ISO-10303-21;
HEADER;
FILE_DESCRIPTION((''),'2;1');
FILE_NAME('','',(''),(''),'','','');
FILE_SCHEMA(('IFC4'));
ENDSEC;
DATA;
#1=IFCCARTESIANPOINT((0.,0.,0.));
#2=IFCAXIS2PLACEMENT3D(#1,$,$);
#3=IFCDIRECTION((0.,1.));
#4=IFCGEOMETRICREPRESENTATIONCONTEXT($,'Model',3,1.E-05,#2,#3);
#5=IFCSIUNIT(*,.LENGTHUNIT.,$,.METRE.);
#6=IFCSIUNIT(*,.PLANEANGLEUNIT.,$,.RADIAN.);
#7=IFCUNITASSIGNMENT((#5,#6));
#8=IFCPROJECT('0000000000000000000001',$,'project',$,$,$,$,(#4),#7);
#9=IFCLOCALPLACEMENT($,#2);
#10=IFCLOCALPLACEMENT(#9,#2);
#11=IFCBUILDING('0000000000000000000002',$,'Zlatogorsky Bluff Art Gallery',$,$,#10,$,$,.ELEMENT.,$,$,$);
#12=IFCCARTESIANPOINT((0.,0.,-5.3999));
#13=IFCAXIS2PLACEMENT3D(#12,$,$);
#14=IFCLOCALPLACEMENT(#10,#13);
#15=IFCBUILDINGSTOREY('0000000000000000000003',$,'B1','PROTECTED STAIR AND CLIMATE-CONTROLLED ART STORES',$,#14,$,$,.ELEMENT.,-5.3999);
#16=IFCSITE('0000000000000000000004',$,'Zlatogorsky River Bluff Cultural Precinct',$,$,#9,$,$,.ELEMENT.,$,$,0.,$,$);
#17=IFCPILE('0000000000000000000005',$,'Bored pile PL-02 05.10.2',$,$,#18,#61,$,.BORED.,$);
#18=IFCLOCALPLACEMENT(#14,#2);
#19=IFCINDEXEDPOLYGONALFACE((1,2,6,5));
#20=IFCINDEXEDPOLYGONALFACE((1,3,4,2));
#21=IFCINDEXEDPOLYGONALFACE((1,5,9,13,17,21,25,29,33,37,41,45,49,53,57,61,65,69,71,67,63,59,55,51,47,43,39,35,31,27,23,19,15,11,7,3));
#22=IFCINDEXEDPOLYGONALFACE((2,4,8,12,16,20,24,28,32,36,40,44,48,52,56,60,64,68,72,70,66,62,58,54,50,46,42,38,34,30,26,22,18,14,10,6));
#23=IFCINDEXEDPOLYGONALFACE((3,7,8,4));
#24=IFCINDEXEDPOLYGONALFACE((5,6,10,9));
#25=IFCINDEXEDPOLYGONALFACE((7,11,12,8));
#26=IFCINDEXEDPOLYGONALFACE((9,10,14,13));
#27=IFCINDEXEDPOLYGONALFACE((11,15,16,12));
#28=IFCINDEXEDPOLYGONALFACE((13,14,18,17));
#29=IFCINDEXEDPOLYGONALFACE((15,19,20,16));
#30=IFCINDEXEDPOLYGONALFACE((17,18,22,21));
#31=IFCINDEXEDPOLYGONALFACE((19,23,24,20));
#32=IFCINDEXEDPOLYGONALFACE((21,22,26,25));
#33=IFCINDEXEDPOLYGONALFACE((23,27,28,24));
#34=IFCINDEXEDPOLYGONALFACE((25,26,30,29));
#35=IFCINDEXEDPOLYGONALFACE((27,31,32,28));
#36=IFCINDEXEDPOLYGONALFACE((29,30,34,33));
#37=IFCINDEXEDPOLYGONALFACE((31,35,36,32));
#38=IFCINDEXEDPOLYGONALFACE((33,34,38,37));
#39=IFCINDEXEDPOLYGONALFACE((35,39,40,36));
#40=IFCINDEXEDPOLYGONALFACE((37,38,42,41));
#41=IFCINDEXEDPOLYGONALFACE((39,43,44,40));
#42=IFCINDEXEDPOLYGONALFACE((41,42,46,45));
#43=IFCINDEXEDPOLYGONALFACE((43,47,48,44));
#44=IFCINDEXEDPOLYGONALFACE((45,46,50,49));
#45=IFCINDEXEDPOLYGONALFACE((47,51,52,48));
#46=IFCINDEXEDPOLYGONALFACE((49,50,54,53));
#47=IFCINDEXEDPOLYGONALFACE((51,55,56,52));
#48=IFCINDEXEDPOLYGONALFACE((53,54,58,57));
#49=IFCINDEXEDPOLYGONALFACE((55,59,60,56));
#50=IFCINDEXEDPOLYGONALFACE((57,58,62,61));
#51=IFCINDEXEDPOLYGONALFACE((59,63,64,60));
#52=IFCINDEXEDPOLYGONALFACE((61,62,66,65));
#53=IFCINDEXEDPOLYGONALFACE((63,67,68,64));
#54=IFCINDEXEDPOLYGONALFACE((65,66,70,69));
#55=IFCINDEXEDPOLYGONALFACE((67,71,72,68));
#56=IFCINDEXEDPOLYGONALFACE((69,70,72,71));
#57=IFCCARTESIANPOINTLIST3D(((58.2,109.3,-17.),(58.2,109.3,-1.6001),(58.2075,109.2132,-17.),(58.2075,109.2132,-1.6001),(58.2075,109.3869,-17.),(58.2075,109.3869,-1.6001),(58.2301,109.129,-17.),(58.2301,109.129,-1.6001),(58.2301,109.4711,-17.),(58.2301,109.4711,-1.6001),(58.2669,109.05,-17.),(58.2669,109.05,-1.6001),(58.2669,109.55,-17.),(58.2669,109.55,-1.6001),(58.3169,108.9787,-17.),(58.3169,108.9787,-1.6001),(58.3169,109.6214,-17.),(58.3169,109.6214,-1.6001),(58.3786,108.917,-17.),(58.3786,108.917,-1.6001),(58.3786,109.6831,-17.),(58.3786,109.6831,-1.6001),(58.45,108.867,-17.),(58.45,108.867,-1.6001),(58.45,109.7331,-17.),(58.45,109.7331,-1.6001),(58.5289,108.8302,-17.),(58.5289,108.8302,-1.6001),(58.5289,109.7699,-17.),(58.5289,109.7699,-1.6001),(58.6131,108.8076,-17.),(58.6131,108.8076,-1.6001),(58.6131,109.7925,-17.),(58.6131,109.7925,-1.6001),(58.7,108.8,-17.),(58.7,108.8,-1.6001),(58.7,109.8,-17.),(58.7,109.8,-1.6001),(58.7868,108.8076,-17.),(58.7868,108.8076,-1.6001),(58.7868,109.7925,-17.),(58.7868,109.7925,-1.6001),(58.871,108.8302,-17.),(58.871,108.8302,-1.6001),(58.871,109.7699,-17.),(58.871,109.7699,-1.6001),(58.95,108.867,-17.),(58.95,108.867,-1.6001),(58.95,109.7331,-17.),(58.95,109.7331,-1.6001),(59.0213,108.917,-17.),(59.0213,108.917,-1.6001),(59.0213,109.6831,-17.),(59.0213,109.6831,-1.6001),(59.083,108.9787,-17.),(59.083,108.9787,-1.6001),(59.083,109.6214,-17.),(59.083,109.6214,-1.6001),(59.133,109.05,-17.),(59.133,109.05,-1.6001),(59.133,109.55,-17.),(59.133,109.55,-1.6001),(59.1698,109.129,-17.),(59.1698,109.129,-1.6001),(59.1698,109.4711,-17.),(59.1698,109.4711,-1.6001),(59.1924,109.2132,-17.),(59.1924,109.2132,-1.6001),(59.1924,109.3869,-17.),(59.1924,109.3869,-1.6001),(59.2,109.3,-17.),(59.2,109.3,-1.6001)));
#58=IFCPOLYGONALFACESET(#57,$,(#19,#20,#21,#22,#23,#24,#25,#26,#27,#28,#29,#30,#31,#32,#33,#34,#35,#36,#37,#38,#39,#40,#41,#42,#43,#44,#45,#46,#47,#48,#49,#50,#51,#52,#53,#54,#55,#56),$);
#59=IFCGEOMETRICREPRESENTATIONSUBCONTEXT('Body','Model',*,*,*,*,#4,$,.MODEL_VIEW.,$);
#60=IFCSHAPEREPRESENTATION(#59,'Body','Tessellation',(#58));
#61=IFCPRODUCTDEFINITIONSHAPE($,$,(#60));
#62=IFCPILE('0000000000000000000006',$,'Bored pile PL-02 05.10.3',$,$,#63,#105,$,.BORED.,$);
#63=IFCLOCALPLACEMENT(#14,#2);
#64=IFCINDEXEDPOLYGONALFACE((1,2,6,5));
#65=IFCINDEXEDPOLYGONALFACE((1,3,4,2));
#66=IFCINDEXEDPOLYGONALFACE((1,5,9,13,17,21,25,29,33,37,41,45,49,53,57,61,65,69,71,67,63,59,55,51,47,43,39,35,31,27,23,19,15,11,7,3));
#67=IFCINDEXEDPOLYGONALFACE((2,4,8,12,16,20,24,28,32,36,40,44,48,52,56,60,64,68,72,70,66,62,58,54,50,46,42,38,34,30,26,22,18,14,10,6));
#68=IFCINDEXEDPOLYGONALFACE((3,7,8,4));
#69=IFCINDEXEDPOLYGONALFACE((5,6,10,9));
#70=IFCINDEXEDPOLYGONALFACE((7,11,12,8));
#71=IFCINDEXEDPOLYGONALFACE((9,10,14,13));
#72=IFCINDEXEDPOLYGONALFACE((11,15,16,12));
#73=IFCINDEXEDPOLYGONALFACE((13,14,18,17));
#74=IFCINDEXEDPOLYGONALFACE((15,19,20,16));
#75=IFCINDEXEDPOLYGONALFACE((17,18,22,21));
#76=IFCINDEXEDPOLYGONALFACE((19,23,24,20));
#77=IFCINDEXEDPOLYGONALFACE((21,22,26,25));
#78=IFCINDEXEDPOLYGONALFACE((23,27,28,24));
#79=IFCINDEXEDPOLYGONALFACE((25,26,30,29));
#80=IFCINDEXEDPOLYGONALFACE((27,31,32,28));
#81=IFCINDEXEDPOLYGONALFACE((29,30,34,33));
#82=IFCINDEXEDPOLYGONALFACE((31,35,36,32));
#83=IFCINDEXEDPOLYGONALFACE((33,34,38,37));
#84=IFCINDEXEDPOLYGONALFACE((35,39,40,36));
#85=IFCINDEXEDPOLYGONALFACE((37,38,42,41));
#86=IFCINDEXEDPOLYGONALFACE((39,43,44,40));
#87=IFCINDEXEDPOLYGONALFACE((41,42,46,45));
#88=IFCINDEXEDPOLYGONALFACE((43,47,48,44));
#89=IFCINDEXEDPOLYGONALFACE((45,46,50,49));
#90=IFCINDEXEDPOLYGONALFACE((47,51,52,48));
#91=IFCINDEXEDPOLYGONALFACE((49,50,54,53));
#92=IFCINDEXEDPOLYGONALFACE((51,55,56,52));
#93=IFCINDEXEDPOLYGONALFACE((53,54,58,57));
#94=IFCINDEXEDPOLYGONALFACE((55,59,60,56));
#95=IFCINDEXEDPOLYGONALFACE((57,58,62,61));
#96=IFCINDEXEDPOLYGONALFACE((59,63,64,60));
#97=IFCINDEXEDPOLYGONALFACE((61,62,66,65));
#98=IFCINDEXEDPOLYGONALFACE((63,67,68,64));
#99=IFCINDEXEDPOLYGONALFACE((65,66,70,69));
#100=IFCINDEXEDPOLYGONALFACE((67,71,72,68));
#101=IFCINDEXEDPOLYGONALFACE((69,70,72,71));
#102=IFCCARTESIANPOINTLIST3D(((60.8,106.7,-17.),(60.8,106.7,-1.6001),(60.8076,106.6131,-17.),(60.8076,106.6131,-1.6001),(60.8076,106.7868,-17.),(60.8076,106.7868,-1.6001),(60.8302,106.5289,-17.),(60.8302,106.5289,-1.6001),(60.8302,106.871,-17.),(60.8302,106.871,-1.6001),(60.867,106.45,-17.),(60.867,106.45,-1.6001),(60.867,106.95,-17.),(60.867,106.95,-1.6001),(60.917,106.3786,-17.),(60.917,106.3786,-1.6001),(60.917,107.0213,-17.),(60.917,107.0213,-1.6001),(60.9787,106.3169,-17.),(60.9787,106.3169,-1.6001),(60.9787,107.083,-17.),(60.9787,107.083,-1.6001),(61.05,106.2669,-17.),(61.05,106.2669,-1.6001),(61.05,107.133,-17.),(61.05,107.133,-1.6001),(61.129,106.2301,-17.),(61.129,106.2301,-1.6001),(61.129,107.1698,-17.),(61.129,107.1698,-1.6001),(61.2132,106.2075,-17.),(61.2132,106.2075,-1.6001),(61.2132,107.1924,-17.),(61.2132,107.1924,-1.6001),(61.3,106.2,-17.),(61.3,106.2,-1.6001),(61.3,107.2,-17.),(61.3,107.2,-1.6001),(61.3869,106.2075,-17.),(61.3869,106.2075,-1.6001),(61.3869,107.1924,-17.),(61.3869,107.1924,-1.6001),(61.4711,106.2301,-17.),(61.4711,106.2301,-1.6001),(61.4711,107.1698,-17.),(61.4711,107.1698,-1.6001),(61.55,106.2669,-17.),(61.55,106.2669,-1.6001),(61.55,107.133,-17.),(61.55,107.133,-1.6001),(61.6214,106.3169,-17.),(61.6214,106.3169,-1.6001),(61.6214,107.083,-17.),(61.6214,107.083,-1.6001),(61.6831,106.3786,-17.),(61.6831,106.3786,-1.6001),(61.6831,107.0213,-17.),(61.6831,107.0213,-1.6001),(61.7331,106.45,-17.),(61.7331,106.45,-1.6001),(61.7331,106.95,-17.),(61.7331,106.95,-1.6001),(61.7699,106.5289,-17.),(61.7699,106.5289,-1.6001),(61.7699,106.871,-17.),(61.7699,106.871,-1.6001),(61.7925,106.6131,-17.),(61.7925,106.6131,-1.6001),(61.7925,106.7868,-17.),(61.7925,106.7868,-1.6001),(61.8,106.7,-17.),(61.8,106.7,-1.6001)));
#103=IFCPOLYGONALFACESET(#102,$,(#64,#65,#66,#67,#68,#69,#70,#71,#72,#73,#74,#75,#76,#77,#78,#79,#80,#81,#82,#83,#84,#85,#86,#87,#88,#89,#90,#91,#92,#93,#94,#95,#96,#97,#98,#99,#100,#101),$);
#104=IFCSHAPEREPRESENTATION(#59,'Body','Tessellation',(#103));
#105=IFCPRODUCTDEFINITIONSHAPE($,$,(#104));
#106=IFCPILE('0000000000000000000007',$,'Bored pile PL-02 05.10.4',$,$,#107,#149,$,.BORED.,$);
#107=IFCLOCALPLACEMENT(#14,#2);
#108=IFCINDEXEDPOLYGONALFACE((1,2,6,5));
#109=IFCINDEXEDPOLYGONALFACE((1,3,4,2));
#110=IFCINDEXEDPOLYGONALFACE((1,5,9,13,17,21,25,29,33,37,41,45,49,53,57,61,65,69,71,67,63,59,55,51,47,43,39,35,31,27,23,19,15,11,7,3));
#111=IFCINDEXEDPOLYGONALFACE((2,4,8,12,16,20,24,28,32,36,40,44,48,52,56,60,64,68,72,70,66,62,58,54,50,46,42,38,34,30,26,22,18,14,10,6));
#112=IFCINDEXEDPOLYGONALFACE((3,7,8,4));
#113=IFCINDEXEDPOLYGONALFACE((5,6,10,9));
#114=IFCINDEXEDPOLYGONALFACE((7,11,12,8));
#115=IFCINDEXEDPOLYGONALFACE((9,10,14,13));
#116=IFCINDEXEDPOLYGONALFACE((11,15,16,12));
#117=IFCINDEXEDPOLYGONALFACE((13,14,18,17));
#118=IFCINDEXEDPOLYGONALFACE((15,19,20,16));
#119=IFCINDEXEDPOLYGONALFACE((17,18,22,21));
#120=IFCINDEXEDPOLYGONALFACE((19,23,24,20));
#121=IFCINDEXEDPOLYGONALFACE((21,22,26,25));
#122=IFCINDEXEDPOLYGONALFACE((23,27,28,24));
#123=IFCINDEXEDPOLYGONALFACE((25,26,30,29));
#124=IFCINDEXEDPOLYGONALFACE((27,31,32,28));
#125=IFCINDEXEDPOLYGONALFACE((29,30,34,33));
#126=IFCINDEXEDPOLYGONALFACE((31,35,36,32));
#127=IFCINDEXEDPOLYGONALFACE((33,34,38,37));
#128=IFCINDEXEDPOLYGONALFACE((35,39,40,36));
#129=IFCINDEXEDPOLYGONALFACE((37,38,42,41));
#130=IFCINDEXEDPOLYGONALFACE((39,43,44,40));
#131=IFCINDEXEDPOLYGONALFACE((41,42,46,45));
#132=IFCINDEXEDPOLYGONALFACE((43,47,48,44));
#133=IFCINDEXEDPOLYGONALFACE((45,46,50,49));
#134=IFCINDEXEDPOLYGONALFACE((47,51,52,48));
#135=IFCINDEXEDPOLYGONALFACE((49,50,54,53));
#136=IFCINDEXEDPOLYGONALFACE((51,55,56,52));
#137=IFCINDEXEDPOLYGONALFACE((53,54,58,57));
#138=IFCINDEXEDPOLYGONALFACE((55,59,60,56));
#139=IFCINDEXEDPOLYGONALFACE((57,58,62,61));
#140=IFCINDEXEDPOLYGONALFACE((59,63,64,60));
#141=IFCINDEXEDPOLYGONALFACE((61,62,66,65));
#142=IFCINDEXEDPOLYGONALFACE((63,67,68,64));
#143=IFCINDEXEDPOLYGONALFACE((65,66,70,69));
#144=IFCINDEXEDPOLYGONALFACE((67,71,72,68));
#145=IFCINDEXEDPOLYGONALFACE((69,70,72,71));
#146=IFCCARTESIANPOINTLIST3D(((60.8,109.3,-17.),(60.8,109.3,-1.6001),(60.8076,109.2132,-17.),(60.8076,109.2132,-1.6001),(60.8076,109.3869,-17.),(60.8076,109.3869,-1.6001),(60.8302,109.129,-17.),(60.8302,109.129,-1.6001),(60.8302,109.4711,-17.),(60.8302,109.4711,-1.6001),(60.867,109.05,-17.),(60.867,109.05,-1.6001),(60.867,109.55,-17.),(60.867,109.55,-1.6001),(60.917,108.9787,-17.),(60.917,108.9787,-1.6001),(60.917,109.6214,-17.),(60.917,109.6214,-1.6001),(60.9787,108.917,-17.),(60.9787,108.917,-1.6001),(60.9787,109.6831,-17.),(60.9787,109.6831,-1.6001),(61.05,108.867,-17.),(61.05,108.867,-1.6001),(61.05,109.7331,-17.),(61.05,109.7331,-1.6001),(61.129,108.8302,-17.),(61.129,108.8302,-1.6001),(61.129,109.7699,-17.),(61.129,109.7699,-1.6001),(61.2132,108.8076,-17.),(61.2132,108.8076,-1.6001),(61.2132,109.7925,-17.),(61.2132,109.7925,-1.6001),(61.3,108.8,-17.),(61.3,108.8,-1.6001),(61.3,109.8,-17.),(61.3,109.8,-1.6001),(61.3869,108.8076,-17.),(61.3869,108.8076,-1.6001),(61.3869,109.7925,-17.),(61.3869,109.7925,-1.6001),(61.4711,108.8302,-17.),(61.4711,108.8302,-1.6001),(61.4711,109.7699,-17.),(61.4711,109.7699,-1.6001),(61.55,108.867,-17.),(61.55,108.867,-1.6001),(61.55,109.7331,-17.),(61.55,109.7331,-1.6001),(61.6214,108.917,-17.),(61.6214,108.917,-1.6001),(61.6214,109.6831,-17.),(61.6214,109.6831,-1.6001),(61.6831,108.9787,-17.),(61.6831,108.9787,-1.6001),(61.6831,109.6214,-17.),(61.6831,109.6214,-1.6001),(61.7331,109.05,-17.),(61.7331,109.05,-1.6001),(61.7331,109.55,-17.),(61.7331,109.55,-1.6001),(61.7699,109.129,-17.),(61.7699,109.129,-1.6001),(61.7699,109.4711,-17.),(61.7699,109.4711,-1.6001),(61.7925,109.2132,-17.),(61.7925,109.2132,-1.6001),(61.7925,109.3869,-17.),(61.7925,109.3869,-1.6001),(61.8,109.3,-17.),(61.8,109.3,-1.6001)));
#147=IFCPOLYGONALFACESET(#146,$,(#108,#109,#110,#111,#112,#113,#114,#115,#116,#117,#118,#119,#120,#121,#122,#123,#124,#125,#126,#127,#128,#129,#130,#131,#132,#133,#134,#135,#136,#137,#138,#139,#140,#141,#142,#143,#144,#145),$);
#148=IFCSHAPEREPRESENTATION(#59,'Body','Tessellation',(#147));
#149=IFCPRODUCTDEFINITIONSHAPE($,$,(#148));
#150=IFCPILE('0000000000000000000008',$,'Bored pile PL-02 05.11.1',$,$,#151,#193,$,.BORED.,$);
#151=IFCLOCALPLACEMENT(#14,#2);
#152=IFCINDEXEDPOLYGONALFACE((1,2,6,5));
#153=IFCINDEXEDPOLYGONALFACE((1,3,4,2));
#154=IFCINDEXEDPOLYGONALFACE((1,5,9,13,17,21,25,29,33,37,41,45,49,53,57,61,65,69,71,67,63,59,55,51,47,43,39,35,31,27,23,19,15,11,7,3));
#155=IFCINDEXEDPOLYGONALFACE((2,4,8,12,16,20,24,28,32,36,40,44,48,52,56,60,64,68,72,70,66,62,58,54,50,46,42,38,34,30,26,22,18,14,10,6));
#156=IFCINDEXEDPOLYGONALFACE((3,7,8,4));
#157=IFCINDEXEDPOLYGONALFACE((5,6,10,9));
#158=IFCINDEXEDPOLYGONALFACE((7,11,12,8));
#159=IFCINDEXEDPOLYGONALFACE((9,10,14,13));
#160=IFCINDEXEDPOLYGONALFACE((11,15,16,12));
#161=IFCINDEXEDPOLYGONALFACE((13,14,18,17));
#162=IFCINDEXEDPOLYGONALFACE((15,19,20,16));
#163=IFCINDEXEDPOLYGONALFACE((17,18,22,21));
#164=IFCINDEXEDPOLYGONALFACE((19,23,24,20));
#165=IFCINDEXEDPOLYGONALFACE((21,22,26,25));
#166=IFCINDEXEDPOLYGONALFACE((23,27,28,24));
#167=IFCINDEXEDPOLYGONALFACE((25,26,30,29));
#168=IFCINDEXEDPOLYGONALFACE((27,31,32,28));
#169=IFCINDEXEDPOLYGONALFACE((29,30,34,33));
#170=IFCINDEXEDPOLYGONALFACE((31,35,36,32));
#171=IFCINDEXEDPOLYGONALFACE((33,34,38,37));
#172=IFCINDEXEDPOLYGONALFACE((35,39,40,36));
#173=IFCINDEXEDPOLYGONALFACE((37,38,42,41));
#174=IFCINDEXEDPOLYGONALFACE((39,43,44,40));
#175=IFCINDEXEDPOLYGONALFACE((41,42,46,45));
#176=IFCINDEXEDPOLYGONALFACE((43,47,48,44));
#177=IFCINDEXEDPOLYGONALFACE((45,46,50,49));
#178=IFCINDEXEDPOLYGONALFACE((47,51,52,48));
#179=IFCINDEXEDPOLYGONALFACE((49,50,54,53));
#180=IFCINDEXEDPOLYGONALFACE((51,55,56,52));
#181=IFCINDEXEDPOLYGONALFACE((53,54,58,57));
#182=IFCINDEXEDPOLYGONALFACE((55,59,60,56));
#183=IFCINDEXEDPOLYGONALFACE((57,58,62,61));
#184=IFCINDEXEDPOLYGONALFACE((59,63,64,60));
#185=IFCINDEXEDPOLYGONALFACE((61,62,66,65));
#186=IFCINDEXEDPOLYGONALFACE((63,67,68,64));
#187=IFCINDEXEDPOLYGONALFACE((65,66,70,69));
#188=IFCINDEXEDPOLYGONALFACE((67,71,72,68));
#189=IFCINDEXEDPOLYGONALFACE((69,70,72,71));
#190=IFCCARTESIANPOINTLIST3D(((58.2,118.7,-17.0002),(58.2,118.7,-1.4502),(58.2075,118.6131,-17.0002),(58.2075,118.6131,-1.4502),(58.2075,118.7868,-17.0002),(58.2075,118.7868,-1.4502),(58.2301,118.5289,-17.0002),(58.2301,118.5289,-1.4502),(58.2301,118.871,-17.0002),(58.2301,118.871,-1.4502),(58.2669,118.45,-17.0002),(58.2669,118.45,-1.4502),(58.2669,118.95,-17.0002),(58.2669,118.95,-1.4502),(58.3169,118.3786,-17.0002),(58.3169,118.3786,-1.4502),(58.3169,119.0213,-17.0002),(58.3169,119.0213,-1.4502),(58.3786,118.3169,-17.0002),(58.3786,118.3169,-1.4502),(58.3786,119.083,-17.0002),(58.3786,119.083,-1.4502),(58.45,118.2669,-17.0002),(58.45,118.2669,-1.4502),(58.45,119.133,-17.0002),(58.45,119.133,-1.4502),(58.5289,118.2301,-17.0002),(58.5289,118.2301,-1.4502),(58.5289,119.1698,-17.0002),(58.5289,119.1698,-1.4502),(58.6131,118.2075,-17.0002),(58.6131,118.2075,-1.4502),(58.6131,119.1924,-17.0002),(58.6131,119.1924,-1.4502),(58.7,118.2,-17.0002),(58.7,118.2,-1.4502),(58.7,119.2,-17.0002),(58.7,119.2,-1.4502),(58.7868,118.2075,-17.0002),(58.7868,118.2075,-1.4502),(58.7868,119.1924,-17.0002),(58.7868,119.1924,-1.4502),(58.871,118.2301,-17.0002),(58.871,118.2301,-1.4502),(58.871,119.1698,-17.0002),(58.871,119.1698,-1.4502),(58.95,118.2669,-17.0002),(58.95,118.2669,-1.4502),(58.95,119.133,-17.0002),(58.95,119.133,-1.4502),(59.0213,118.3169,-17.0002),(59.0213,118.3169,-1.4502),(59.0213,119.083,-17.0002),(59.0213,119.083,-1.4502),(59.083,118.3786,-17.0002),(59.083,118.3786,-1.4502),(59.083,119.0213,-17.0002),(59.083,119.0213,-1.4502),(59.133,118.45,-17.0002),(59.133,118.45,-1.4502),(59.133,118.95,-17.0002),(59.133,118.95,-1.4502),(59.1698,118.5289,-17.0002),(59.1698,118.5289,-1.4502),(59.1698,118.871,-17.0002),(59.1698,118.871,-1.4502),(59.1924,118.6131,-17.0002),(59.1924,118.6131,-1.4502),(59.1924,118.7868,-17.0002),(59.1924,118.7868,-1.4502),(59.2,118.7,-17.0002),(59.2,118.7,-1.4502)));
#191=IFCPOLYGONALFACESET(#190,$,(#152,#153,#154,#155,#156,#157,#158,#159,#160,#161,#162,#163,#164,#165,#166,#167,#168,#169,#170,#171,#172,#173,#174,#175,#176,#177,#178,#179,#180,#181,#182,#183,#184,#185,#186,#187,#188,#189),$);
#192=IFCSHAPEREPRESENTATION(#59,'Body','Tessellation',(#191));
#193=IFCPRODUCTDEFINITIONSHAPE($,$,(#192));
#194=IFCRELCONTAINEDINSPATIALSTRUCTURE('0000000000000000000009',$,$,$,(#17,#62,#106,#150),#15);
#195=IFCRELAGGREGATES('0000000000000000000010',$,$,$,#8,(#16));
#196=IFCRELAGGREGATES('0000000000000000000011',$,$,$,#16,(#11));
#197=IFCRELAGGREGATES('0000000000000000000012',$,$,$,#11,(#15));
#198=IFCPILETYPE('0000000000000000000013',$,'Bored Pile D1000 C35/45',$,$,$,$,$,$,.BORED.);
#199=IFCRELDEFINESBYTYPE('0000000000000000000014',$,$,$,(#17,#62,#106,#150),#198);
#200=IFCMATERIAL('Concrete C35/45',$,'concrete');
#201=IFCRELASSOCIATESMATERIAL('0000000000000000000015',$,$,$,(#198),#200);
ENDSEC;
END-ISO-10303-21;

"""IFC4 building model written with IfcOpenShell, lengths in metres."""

from ifc_helpers import new_model, si_unit, direction, frame, origin, origin_2d, place, context, subcontext, project, spatial, circle, extrude, material, material_profile, profile_set, type_object, element, save


model = new_model("IFC4")

# Units and contexts
model_context = context("Model", 3, precision=1e-05, world=origin(), true_north=direction((0.0, 1.0)))
body_context = subcontext(model_context, "Body", "Model", "MODEL_VIEW")
ifc_project = project(units=[si_unit("LENGTHUNIT", "METRE"), si_unit("PLANEANGLEUNIT", "RADIAN")], contexts=[model_context])

# Site, building, storey
site_placement = place(None, origin())
site = spatial("IfcSite", under=ifc_project, at=site_placement, Name="Zlatogorsky River Bluff Cultural Precinct", CompositionType="ELEMENT", RefElevation=0.0)
building_placement = place(site_placement, origin())
building = spatial("IfcBuilding", under=site, at=building_placement, Name="Zlatogorsky Bluff Art Gallery", CompositionType="ELEMENT")
storey_placement = place(building_placement, frame((0.0, 0.0, -5.3999)))
storey = spatial("IfcBuildingStorey", under=building, at=storey_placement, Name="B1", Description="PROTECTED STAIR AND CLIMATE-CONTROLLED ART STORES", CompositionType="ELEMENT", Elevation=-5.3999)

# Piles
ifc_material_1 = material(Name="Concrete C35/45", Category="concrete")
ifc_material_profile_1 = material_profile(ifc_material_1, circle(Radius=0.5, at=origin_2d()), Name="BORED PILE D1000")
ifc_profile_set_1 = profile_set([ifc_material_profile_1], Name="Concrete C35/45")
pile_type = type_object("IfcPileType", Name="Bored Pile D1000 C35/45", PredefinedType="BORED", material=ifc_profile_set_1)
for number, where, z_axis, x_axis, name in (
    (1, (58.7, 109.3, -1.6001), (0.0, 0.0, -1.0), (1.0, 0.0, 0.0), "Bored pile PL-02 05.10.2"),
    (2, (61.3, 106.7, -1.6001), (0.0, 0.0, -1.0), (1.0, 0.0, 0.0), "Bored pile PL-02 05.10.3"),
    (3, (61.3, 109.3, -1.6001), (0.0, 0.0, -1.0), (1.0, 0.0, 0.0), "Bored pile PL-02 05.10.4"),
):
    element("IfcPile", number, at=place(storey_placement, frame(where, z_axis=z_axis, x_axis=x_axis)), inside=storey, type_object=pile_type, Name=name, PredefinedType="BORED", context=body_context, shape_type="SweptSolid", body=[
        extrude(circle(Radius=0.5, at=origin_2d()), origin(), (0.0, 0.0, 1.0), 15.3999),
    ])
for number, where, z_axis, x_axis, name in (
    (4, (58.7, 118.7, -1.4502), (0.0, 0.0, -1.0), (1.0, 0.0, 0.0), "Bored pile PL-02 05.11.1"),
):
    element("IfcPile", number, at=place(storey_placement, frame(where, z_axis=z_axis, x_axis=x_axis)), inside=storey, type_object=pile_type, Name=name, PredefinedType="BORED", context=body_context, shape_type="SweptSolid", body=[
        extrude(circle(Radius=0.5, at=origin_2d()), origin(), (0.0, 0.0, 1.0), 15.55),
    ])

save(model, "model.ifc")
